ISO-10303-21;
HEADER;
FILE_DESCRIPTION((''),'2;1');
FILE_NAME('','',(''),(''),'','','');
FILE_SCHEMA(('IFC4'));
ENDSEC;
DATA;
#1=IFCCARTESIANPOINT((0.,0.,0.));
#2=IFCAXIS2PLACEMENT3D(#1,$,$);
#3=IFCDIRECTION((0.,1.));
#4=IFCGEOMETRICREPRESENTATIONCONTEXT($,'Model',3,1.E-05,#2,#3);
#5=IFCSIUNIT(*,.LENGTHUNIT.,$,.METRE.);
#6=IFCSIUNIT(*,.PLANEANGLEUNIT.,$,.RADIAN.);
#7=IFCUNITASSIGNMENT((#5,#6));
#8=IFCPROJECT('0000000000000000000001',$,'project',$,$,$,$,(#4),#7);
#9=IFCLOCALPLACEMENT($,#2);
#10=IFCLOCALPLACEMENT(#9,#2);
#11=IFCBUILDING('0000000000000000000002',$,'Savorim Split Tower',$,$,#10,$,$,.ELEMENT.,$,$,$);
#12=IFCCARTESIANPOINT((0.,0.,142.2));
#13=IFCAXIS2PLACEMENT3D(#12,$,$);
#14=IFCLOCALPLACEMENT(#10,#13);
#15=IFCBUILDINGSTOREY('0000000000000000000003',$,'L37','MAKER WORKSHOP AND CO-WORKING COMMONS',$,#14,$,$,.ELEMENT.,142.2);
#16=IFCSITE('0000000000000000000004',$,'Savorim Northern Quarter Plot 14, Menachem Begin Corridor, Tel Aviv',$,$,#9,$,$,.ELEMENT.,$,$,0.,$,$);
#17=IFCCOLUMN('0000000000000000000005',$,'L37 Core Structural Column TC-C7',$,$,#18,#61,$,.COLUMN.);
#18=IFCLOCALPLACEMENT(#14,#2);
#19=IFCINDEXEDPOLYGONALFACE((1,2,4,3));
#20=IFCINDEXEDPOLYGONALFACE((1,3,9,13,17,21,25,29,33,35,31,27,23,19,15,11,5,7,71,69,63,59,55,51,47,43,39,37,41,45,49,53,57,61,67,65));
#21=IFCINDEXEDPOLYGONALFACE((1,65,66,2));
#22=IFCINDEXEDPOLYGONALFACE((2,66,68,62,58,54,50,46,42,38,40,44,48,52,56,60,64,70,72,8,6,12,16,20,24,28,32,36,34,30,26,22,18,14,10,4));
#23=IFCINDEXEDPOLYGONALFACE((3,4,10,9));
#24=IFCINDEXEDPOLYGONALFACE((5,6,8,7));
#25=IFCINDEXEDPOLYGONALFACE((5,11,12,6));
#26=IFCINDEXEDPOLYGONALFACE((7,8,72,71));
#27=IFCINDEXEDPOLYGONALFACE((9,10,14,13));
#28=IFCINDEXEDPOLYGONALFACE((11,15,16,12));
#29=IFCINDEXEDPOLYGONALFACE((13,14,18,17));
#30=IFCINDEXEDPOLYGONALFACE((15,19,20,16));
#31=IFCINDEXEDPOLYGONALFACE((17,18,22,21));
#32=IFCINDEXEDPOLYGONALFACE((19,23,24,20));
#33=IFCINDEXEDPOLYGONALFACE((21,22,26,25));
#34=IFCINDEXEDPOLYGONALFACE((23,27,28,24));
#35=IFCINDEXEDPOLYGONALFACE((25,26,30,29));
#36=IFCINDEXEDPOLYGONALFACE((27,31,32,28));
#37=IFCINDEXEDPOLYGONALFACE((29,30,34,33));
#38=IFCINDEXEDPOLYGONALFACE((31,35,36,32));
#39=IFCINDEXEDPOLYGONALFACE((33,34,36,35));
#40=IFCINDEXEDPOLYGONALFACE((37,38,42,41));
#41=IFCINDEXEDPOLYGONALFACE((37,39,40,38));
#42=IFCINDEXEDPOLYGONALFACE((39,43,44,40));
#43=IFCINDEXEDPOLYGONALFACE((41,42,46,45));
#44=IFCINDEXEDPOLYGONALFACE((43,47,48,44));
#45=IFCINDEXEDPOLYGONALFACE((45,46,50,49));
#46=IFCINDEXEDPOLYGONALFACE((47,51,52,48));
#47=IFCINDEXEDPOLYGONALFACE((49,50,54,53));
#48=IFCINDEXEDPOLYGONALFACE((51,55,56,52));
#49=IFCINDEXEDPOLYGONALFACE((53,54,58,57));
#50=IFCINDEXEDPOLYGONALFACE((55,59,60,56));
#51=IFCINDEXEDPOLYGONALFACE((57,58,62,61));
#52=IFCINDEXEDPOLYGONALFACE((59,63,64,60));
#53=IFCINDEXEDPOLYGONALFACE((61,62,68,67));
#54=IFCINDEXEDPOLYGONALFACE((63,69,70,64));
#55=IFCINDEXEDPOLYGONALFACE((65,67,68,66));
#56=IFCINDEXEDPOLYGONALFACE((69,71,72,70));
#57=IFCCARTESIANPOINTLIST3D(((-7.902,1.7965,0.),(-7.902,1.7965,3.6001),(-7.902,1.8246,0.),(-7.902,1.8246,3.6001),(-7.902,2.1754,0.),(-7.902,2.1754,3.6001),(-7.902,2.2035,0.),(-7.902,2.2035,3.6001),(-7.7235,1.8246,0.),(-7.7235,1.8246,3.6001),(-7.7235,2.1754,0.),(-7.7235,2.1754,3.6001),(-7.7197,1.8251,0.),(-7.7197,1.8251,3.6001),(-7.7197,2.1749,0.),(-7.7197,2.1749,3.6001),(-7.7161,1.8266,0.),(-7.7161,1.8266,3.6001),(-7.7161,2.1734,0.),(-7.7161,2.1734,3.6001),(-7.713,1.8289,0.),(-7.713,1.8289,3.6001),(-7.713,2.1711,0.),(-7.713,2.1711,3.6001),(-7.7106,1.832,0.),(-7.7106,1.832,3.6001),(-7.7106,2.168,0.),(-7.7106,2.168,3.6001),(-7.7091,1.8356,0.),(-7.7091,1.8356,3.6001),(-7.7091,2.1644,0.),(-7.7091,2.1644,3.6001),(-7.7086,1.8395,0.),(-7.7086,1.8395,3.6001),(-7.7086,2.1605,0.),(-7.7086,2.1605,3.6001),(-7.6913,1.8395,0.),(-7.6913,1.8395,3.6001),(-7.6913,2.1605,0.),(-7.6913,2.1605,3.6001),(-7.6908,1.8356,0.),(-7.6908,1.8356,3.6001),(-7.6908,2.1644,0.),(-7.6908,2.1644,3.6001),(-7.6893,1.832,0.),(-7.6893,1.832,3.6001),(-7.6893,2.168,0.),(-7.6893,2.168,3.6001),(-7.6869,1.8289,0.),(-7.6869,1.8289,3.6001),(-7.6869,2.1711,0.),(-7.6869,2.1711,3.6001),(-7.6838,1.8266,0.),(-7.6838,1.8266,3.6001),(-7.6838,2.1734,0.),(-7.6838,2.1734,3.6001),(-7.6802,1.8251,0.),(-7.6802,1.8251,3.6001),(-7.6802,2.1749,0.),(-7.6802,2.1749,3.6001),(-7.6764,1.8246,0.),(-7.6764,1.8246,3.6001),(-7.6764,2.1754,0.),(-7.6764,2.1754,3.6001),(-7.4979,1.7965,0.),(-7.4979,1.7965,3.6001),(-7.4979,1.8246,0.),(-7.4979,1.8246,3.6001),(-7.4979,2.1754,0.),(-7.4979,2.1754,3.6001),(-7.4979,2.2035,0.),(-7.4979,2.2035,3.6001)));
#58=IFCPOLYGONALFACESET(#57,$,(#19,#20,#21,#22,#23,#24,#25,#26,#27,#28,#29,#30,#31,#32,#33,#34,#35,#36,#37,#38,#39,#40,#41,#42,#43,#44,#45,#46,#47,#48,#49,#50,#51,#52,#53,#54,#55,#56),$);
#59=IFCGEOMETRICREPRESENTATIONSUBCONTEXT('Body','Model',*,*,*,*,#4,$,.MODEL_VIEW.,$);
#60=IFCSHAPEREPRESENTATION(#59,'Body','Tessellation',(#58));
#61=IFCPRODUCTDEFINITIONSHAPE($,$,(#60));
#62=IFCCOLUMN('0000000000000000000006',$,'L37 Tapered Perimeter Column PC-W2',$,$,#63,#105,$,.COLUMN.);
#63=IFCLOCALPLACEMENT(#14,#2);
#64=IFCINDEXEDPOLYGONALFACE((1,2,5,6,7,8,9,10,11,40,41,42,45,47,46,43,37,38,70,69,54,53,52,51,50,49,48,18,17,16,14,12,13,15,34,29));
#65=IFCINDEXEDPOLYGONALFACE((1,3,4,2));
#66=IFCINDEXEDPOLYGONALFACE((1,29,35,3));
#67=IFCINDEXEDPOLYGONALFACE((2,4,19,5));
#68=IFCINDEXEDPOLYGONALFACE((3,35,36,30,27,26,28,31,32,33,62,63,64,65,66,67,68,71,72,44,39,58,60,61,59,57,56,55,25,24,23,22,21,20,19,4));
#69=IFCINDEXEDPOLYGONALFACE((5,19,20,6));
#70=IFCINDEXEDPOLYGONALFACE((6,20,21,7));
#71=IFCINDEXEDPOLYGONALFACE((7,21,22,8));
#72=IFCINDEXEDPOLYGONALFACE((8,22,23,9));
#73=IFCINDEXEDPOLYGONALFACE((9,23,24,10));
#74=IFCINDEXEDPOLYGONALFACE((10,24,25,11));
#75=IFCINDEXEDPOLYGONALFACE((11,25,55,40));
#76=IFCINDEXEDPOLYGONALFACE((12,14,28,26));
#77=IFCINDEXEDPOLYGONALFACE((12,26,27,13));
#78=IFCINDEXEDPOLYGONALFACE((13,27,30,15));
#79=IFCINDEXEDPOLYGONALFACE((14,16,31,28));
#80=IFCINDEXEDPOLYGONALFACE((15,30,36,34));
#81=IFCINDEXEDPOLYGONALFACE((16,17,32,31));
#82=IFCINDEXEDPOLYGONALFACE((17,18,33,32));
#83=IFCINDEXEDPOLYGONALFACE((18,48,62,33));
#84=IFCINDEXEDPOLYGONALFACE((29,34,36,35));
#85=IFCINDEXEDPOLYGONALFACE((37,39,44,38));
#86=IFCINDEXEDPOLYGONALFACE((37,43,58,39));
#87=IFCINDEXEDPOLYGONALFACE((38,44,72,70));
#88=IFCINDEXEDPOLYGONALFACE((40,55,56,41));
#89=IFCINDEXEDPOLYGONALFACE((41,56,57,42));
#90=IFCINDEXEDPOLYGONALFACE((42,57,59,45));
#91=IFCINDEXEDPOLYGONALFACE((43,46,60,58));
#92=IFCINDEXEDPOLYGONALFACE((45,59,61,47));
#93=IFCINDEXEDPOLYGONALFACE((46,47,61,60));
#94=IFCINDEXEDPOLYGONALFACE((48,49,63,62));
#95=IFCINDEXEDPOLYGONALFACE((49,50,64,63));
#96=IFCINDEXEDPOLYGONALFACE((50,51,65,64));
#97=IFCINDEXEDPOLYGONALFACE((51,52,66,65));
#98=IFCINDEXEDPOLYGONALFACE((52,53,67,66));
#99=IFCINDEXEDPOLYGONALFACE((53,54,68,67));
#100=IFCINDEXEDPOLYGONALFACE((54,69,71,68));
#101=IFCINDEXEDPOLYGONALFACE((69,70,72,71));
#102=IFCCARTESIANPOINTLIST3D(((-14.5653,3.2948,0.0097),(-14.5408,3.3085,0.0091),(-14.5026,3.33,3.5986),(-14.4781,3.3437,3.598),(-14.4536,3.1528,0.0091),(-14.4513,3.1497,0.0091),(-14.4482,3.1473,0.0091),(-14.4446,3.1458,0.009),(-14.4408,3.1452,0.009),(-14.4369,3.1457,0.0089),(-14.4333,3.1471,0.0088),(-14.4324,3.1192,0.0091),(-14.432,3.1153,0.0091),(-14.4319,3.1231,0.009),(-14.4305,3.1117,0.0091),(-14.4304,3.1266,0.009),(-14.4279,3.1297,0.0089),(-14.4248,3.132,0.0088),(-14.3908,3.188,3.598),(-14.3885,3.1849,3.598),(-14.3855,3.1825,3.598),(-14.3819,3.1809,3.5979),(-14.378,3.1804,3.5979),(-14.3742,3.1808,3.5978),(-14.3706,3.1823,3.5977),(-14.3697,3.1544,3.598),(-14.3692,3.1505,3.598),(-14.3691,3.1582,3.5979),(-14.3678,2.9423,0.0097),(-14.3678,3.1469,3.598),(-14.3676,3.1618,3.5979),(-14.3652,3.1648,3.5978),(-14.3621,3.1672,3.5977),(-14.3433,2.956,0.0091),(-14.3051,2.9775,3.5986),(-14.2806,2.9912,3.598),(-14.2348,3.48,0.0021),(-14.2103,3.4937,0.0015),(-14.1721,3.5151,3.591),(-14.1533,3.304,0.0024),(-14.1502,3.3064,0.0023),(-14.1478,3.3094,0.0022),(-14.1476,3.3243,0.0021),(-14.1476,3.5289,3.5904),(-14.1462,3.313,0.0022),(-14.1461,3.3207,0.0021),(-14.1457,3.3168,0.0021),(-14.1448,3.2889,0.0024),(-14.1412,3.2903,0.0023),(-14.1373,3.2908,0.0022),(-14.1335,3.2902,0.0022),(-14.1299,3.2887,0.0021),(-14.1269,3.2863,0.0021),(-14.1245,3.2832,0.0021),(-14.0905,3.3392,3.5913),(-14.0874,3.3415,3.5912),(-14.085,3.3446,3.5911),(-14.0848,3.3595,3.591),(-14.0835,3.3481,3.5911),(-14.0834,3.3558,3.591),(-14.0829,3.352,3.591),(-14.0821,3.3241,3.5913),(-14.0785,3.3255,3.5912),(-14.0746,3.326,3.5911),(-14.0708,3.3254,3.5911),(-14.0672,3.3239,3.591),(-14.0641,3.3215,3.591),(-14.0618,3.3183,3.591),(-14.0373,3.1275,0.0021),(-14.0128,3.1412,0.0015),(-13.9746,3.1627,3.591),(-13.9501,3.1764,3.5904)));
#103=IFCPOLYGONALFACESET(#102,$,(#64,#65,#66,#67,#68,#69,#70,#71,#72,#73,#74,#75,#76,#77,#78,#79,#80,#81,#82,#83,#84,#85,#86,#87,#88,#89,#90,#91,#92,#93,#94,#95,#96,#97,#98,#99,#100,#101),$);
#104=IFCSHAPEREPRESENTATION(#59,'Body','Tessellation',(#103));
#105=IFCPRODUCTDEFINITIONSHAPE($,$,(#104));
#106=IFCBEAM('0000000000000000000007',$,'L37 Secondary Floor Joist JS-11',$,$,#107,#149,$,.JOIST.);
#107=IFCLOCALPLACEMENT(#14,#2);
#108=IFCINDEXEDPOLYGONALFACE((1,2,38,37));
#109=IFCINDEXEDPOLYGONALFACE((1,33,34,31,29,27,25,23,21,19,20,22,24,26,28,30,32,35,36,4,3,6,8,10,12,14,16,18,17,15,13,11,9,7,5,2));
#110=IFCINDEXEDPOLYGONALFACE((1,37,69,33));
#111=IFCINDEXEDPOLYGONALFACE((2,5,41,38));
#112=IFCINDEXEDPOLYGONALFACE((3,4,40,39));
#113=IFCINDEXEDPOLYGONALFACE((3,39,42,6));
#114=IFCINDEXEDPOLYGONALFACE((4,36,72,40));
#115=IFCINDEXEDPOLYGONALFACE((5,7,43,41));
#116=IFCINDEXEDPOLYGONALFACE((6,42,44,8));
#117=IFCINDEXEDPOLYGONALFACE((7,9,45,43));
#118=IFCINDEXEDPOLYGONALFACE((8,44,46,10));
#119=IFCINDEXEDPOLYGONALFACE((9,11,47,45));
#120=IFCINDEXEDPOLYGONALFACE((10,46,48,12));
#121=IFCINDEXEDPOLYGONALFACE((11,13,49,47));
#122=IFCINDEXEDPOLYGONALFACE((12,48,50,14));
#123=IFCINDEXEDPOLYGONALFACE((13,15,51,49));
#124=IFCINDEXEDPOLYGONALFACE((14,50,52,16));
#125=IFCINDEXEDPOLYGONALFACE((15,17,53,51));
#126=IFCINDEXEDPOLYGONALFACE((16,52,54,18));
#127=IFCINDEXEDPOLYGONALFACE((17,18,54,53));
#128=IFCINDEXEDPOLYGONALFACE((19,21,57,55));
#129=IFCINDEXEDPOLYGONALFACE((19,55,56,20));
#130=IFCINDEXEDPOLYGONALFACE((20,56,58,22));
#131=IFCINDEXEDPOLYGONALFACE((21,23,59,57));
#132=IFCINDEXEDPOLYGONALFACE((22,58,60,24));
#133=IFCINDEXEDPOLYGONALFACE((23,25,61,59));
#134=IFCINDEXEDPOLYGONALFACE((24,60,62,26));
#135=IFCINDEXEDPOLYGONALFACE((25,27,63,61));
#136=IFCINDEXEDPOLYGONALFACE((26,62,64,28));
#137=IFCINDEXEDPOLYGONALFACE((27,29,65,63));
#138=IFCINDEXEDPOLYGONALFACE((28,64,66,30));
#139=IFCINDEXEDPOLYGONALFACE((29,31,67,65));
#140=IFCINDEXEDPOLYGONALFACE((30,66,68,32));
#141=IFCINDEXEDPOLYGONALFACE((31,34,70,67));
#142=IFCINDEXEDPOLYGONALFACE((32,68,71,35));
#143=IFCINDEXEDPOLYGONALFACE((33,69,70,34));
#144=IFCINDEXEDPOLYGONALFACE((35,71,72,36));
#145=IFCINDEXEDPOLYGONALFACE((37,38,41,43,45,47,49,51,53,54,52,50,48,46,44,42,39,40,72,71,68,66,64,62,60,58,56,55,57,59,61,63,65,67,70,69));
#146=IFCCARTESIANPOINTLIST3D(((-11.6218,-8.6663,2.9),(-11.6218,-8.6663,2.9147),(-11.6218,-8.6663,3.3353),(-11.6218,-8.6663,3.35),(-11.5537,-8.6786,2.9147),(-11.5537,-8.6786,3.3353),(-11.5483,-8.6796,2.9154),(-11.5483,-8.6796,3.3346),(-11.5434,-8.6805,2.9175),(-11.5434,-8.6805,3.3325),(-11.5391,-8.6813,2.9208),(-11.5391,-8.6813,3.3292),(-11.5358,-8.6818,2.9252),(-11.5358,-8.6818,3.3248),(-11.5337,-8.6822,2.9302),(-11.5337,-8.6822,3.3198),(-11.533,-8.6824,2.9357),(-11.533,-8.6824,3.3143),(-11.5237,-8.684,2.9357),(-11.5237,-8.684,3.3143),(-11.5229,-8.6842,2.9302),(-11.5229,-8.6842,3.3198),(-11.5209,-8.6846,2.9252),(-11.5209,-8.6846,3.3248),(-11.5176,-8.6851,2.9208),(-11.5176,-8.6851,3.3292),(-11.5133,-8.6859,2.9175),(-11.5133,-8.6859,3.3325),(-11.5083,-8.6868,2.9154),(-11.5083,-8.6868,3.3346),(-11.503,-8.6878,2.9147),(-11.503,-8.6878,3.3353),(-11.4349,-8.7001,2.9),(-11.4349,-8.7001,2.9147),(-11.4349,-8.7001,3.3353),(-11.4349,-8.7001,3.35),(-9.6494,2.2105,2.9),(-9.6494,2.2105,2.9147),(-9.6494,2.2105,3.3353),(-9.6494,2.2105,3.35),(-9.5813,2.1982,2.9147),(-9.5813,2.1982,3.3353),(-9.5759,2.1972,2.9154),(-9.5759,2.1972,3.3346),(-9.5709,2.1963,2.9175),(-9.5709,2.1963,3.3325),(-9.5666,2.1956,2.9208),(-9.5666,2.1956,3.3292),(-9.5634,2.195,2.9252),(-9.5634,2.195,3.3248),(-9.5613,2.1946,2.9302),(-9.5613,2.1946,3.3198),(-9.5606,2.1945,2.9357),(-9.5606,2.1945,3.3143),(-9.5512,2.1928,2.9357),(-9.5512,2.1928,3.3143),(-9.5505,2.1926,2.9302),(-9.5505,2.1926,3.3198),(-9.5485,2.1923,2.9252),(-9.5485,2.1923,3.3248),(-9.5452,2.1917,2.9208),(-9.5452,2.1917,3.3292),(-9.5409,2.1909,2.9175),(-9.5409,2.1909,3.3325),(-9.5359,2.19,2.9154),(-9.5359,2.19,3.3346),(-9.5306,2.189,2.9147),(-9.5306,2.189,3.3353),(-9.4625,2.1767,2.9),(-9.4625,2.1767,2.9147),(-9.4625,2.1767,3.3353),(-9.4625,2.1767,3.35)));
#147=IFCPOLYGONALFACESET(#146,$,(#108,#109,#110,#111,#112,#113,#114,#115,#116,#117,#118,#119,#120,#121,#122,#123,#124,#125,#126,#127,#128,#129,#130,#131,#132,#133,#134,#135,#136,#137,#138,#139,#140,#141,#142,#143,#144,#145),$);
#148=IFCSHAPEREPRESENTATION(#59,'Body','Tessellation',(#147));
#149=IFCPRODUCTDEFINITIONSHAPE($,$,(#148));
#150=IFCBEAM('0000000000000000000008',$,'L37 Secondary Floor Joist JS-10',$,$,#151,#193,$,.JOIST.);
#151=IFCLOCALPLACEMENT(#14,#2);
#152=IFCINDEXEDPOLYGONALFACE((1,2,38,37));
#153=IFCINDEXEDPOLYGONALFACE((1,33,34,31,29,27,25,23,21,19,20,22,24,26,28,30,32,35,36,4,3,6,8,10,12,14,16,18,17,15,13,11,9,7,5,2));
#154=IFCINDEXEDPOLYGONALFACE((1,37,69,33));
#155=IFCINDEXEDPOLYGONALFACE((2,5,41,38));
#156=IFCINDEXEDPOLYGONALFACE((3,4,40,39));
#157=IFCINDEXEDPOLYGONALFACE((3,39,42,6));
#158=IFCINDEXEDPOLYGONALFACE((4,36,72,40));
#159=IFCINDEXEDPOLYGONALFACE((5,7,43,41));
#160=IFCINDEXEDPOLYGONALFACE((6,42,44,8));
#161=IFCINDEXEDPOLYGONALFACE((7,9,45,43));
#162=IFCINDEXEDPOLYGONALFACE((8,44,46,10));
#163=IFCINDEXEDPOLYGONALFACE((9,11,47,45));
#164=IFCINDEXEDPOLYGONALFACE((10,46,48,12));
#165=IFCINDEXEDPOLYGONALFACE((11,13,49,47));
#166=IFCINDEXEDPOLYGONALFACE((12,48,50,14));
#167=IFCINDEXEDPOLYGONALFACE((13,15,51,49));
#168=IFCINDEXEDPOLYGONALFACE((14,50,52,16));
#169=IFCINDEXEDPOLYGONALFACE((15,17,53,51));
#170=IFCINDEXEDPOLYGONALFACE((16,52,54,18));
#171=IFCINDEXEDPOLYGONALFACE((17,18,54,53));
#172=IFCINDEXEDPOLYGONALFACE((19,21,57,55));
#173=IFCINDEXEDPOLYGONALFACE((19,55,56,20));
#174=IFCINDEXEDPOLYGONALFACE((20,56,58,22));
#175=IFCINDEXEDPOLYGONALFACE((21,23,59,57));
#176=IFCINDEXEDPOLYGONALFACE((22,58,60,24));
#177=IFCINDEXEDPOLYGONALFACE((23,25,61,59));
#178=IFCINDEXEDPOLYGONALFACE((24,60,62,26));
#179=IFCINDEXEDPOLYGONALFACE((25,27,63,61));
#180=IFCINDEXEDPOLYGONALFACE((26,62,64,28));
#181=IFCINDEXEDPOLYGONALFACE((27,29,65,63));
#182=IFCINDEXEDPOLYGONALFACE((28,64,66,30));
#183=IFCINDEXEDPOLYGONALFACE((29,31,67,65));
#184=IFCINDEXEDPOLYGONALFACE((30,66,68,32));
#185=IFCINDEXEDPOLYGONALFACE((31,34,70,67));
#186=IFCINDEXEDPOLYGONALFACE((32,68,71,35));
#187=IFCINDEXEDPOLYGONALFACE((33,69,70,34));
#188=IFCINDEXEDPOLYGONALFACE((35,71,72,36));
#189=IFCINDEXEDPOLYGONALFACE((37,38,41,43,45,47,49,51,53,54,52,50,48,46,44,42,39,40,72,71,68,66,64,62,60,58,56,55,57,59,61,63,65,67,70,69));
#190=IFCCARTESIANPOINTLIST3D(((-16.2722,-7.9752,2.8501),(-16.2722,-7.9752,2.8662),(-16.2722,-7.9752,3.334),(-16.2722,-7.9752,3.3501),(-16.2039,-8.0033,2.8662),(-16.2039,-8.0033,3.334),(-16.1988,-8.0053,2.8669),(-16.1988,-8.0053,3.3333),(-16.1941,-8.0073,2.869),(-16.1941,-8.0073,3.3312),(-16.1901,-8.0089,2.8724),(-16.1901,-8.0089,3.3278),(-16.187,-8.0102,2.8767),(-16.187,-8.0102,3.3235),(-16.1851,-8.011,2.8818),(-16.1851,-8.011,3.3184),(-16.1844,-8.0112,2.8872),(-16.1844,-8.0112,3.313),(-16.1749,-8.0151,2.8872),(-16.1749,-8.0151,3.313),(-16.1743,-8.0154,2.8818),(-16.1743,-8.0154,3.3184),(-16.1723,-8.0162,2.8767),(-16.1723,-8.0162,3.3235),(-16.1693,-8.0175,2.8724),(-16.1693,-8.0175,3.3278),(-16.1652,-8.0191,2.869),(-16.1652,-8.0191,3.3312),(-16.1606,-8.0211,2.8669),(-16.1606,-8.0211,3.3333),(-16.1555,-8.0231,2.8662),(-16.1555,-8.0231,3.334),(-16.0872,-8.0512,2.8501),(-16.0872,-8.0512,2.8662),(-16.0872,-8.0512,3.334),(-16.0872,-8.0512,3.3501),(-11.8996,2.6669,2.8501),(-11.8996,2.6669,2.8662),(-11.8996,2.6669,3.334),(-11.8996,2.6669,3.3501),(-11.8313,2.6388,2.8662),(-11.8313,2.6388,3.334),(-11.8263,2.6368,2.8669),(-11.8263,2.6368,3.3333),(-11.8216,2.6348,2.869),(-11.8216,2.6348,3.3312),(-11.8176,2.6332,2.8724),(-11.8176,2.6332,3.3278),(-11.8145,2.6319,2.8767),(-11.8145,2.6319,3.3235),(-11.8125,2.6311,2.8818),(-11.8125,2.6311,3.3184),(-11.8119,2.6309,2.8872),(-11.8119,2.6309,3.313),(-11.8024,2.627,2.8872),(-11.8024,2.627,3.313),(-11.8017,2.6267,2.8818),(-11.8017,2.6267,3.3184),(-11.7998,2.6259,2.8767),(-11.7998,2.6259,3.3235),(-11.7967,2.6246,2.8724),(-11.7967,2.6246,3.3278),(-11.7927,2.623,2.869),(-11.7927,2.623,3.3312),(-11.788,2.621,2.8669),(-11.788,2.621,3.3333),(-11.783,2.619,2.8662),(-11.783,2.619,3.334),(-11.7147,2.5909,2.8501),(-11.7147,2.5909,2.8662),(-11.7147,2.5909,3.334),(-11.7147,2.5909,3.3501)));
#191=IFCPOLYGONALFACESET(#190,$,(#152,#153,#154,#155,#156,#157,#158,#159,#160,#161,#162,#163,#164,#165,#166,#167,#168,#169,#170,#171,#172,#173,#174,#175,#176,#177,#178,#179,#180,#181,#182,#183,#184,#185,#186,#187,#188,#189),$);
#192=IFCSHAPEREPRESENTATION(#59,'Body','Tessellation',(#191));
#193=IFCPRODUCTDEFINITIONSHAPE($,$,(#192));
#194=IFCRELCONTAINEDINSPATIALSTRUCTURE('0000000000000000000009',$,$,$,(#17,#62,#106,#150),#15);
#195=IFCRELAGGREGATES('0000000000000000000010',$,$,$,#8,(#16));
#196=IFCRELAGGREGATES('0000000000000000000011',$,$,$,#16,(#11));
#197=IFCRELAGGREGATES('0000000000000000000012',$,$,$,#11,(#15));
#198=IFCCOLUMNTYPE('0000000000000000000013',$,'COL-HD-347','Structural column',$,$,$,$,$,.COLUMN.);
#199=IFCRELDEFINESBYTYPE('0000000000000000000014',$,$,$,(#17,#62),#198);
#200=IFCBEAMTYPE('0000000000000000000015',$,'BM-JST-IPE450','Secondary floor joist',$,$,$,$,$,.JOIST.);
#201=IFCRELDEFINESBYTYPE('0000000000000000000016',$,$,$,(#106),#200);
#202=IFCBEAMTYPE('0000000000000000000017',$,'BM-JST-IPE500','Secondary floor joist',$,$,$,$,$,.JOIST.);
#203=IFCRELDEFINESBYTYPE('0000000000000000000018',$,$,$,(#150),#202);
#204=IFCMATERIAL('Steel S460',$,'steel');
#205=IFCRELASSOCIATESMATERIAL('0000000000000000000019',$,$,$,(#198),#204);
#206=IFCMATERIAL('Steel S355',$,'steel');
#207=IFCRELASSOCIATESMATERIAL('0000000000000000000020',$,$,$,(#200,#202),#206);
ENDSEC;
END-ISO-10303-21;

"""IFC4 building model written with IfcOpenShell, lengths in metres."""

from ifc_helpers import new_model, si_unit, direction, frame, origin, origin_2d, place, context, subcontext, project, spatial, i_section, extrude, material, material_profile, profile_set, type_object, element, save


model = new_model("IFC4")

# Units and contexts
model_context = context("Model", 3, precision=1e-05, world=origin(), true_north=direction((0.0, 1.0)))
body_context = subcontext(model_context, "Body", "Model", "MODEL_VIEW")
ifc_project = project(units=[si_unit("LENGTHUNIT", "METRE"), si_unit("PLANEANGLEUNIT", "RADIAN")], contexts=[model_context])

# Site, building, storey
site_placement = place(None, origin())
site = spatial("IfcSite", under=ifc_project, at=site_placement, Name="Savorim Northern Quarter Plot 14, Menachem Begin Corridor, Tel Aviv", CompositionType="ELEMENT", RefElevation=0.0)
building_placement = place(site_placement, origin())
building = spatial("IfcBuilding", under=site, at=building_placement, Name="Savorim Split Tower", CompositionType="ELEMENT")
storey_placement = place(building_placement, frame((0.0, 0.0, 142.2)))
storey = spatial("IfcBuildingStorey", under=building, at=storey_placement, Name="L37", Description="MAKER WORKSHOP AND CO-WORKING COMMONS", CompositionType="ELEMENT", Elevation=142.2)

# Columns
ifc_material_1 = material(Name="Steel S460", Category="steel")
ifc_material_profile_1 = material_profile(ifc_material_1, i_section(OverallWidth=0.4041, OverallDepth=0.407, WebThickness=0.0173, FlangeThickness=0.0281, FilletRadius=0.0149, at=origin_2d()), Name="HD 400x347")
ifc_profile_set_1 = profile_set([ifc_material_profile_1], Name="Steel S460")
column_type = type_object("IfcColumnType", Name="COL-HD-347", Description="Structural column", PredefinedType="COLUMN", material=ifc_profile_set_1)
column_1_placement = place(storey_placement, frame((-7.7, 2.0, 0.0), z_axis=(0.0, 0.0, 1.0), x_axis=(1.0, 0.0, 0.0)))
element("IfcColumn", 1, at=column_1_placement, inside=storey, type_object=column_type, Name="L37 Core Structural Column TC-C7", PredefinedType="COLUMN", context=body_context, shape_type="SweptSolid", body=[
    extrude(i_section(OverallWidth=0.4041, OverallDepth=0.407, WebThickness=0.0173, FlangeThickness=0.0281, FilletRadius=0.0149, at=origin_2d()), origin(), (0.0, 0.0, 1.0), 3.6001),
])
column_2_placement = place(storey_placement, frame((-14.2891, 3.218, 0.0056), z_axis=(0.017479, 0.009794, 0.999799), x_axis=(-0.48881, 0.87239, 0.0)))
element("IfcColumn", 2, at=column_2_placement, inside=storey, type_object=column_type, Name="L37 Tapered Perimeter Column PC-W2", PredefinedType="COLUMN", context=body_context, shape_type="SweptSolid", body=[
    extrude(i_section(OverallWidth=0.4041, OverallDepth=0.407, WebThickness=0.0173, FlangeThickness=0.0281, FilletRadius=0.0149, at=origin_2d()), origin(), (0.0, 0.0, 1.0), 3.5896),
])

# Beams
ifc_material_2 = material(Name="Steel S355", Category="steel")
ifc_material_profile_2 = material_profile(ifc_material_2, i_section(OverallWidth=0.1899, OverallDepth=0.45, WebThickness=0.0095, FlangeThickness=0.0146, FilletRadius=0.021, at=origin_2d()), Name="IPE 450")
ifc_profile_set_2 = profile_set([ifc_material_profile_2], Name="Steel S355")
beam_type_1 = type_object("IfcBeamType", Name="BM-JST-IPE450", Description="Secondary floor joist", PredefinedType="JOIST", material=ifc_profile_set_2)
beam_1_placement = place(storey_placement, frame((-9.5559, 2.1936, 3.125), z_axis=(-0.178433, -0.983952, 0.0), x_axis=(0.983952, -0.178433, 0.0)))
element("IfcBeam", 3, at=beam_1_placement, inside=storey, type_object=beam_type_1, Name="L37 Secondary Floor Joist JS-11", PredefinedType="JOIST", context=body_context, shape_type="SweptSolid", body=[
    extrude(i_section(OverallWidth=0.1899, OverallDepth=0.45, WebThickness=0.0095, FlangeThickness=0.0146, FilletRadius=0.021, at=origin_2d()), origin(), (0.0, 0.0, 1.0), 11.0542),
])
ifc_material_profile_3 = material_profile(ifc_material_2, i_section(OverallWidth=0.2, OverallDepth=0.5, WebThickness=0.0103, FlangeThickness=0.0161, FilletRadius=0.021, at=origin_2d()), Name="IPE 500")
ifc_profile_set_3 = profile_set([ifc_material_profile_3], Name="Steel S355")
beam_type_2 = type_object("IfcBeamType", Name="BM-JST-IPE500", Description="Secondary floor joist", PredefinedType="JOIST", material=ifc_profile_set_3)
beam_2_placement = place(storey_placement, frame((-11.8071, 2.6289, 3.1001), z_axis=(-0.380045, -0.924968, 0.0), x_axis=(0.924968, -0.380045, 0.0)))
element("IfcBeam", 4, at=beam_2_placement, inside=storey, type_object=beam_type_2, Name="L37 Secondary Floor Joist JS-10", PredefinedType="JOIST", context=body_context, shape_type="SweptSolid", body=[
    extrude(i_section(OverallWidth=0.2, OverallDepth=0.5, WebThickness=0.0103, FlangeThickness=0.0161, FilletRadius=0.021, at=origin_2d()), origin(), (0.0, 0.0, 1.0), 11.5054),
])

save(model, "model.ifc")
